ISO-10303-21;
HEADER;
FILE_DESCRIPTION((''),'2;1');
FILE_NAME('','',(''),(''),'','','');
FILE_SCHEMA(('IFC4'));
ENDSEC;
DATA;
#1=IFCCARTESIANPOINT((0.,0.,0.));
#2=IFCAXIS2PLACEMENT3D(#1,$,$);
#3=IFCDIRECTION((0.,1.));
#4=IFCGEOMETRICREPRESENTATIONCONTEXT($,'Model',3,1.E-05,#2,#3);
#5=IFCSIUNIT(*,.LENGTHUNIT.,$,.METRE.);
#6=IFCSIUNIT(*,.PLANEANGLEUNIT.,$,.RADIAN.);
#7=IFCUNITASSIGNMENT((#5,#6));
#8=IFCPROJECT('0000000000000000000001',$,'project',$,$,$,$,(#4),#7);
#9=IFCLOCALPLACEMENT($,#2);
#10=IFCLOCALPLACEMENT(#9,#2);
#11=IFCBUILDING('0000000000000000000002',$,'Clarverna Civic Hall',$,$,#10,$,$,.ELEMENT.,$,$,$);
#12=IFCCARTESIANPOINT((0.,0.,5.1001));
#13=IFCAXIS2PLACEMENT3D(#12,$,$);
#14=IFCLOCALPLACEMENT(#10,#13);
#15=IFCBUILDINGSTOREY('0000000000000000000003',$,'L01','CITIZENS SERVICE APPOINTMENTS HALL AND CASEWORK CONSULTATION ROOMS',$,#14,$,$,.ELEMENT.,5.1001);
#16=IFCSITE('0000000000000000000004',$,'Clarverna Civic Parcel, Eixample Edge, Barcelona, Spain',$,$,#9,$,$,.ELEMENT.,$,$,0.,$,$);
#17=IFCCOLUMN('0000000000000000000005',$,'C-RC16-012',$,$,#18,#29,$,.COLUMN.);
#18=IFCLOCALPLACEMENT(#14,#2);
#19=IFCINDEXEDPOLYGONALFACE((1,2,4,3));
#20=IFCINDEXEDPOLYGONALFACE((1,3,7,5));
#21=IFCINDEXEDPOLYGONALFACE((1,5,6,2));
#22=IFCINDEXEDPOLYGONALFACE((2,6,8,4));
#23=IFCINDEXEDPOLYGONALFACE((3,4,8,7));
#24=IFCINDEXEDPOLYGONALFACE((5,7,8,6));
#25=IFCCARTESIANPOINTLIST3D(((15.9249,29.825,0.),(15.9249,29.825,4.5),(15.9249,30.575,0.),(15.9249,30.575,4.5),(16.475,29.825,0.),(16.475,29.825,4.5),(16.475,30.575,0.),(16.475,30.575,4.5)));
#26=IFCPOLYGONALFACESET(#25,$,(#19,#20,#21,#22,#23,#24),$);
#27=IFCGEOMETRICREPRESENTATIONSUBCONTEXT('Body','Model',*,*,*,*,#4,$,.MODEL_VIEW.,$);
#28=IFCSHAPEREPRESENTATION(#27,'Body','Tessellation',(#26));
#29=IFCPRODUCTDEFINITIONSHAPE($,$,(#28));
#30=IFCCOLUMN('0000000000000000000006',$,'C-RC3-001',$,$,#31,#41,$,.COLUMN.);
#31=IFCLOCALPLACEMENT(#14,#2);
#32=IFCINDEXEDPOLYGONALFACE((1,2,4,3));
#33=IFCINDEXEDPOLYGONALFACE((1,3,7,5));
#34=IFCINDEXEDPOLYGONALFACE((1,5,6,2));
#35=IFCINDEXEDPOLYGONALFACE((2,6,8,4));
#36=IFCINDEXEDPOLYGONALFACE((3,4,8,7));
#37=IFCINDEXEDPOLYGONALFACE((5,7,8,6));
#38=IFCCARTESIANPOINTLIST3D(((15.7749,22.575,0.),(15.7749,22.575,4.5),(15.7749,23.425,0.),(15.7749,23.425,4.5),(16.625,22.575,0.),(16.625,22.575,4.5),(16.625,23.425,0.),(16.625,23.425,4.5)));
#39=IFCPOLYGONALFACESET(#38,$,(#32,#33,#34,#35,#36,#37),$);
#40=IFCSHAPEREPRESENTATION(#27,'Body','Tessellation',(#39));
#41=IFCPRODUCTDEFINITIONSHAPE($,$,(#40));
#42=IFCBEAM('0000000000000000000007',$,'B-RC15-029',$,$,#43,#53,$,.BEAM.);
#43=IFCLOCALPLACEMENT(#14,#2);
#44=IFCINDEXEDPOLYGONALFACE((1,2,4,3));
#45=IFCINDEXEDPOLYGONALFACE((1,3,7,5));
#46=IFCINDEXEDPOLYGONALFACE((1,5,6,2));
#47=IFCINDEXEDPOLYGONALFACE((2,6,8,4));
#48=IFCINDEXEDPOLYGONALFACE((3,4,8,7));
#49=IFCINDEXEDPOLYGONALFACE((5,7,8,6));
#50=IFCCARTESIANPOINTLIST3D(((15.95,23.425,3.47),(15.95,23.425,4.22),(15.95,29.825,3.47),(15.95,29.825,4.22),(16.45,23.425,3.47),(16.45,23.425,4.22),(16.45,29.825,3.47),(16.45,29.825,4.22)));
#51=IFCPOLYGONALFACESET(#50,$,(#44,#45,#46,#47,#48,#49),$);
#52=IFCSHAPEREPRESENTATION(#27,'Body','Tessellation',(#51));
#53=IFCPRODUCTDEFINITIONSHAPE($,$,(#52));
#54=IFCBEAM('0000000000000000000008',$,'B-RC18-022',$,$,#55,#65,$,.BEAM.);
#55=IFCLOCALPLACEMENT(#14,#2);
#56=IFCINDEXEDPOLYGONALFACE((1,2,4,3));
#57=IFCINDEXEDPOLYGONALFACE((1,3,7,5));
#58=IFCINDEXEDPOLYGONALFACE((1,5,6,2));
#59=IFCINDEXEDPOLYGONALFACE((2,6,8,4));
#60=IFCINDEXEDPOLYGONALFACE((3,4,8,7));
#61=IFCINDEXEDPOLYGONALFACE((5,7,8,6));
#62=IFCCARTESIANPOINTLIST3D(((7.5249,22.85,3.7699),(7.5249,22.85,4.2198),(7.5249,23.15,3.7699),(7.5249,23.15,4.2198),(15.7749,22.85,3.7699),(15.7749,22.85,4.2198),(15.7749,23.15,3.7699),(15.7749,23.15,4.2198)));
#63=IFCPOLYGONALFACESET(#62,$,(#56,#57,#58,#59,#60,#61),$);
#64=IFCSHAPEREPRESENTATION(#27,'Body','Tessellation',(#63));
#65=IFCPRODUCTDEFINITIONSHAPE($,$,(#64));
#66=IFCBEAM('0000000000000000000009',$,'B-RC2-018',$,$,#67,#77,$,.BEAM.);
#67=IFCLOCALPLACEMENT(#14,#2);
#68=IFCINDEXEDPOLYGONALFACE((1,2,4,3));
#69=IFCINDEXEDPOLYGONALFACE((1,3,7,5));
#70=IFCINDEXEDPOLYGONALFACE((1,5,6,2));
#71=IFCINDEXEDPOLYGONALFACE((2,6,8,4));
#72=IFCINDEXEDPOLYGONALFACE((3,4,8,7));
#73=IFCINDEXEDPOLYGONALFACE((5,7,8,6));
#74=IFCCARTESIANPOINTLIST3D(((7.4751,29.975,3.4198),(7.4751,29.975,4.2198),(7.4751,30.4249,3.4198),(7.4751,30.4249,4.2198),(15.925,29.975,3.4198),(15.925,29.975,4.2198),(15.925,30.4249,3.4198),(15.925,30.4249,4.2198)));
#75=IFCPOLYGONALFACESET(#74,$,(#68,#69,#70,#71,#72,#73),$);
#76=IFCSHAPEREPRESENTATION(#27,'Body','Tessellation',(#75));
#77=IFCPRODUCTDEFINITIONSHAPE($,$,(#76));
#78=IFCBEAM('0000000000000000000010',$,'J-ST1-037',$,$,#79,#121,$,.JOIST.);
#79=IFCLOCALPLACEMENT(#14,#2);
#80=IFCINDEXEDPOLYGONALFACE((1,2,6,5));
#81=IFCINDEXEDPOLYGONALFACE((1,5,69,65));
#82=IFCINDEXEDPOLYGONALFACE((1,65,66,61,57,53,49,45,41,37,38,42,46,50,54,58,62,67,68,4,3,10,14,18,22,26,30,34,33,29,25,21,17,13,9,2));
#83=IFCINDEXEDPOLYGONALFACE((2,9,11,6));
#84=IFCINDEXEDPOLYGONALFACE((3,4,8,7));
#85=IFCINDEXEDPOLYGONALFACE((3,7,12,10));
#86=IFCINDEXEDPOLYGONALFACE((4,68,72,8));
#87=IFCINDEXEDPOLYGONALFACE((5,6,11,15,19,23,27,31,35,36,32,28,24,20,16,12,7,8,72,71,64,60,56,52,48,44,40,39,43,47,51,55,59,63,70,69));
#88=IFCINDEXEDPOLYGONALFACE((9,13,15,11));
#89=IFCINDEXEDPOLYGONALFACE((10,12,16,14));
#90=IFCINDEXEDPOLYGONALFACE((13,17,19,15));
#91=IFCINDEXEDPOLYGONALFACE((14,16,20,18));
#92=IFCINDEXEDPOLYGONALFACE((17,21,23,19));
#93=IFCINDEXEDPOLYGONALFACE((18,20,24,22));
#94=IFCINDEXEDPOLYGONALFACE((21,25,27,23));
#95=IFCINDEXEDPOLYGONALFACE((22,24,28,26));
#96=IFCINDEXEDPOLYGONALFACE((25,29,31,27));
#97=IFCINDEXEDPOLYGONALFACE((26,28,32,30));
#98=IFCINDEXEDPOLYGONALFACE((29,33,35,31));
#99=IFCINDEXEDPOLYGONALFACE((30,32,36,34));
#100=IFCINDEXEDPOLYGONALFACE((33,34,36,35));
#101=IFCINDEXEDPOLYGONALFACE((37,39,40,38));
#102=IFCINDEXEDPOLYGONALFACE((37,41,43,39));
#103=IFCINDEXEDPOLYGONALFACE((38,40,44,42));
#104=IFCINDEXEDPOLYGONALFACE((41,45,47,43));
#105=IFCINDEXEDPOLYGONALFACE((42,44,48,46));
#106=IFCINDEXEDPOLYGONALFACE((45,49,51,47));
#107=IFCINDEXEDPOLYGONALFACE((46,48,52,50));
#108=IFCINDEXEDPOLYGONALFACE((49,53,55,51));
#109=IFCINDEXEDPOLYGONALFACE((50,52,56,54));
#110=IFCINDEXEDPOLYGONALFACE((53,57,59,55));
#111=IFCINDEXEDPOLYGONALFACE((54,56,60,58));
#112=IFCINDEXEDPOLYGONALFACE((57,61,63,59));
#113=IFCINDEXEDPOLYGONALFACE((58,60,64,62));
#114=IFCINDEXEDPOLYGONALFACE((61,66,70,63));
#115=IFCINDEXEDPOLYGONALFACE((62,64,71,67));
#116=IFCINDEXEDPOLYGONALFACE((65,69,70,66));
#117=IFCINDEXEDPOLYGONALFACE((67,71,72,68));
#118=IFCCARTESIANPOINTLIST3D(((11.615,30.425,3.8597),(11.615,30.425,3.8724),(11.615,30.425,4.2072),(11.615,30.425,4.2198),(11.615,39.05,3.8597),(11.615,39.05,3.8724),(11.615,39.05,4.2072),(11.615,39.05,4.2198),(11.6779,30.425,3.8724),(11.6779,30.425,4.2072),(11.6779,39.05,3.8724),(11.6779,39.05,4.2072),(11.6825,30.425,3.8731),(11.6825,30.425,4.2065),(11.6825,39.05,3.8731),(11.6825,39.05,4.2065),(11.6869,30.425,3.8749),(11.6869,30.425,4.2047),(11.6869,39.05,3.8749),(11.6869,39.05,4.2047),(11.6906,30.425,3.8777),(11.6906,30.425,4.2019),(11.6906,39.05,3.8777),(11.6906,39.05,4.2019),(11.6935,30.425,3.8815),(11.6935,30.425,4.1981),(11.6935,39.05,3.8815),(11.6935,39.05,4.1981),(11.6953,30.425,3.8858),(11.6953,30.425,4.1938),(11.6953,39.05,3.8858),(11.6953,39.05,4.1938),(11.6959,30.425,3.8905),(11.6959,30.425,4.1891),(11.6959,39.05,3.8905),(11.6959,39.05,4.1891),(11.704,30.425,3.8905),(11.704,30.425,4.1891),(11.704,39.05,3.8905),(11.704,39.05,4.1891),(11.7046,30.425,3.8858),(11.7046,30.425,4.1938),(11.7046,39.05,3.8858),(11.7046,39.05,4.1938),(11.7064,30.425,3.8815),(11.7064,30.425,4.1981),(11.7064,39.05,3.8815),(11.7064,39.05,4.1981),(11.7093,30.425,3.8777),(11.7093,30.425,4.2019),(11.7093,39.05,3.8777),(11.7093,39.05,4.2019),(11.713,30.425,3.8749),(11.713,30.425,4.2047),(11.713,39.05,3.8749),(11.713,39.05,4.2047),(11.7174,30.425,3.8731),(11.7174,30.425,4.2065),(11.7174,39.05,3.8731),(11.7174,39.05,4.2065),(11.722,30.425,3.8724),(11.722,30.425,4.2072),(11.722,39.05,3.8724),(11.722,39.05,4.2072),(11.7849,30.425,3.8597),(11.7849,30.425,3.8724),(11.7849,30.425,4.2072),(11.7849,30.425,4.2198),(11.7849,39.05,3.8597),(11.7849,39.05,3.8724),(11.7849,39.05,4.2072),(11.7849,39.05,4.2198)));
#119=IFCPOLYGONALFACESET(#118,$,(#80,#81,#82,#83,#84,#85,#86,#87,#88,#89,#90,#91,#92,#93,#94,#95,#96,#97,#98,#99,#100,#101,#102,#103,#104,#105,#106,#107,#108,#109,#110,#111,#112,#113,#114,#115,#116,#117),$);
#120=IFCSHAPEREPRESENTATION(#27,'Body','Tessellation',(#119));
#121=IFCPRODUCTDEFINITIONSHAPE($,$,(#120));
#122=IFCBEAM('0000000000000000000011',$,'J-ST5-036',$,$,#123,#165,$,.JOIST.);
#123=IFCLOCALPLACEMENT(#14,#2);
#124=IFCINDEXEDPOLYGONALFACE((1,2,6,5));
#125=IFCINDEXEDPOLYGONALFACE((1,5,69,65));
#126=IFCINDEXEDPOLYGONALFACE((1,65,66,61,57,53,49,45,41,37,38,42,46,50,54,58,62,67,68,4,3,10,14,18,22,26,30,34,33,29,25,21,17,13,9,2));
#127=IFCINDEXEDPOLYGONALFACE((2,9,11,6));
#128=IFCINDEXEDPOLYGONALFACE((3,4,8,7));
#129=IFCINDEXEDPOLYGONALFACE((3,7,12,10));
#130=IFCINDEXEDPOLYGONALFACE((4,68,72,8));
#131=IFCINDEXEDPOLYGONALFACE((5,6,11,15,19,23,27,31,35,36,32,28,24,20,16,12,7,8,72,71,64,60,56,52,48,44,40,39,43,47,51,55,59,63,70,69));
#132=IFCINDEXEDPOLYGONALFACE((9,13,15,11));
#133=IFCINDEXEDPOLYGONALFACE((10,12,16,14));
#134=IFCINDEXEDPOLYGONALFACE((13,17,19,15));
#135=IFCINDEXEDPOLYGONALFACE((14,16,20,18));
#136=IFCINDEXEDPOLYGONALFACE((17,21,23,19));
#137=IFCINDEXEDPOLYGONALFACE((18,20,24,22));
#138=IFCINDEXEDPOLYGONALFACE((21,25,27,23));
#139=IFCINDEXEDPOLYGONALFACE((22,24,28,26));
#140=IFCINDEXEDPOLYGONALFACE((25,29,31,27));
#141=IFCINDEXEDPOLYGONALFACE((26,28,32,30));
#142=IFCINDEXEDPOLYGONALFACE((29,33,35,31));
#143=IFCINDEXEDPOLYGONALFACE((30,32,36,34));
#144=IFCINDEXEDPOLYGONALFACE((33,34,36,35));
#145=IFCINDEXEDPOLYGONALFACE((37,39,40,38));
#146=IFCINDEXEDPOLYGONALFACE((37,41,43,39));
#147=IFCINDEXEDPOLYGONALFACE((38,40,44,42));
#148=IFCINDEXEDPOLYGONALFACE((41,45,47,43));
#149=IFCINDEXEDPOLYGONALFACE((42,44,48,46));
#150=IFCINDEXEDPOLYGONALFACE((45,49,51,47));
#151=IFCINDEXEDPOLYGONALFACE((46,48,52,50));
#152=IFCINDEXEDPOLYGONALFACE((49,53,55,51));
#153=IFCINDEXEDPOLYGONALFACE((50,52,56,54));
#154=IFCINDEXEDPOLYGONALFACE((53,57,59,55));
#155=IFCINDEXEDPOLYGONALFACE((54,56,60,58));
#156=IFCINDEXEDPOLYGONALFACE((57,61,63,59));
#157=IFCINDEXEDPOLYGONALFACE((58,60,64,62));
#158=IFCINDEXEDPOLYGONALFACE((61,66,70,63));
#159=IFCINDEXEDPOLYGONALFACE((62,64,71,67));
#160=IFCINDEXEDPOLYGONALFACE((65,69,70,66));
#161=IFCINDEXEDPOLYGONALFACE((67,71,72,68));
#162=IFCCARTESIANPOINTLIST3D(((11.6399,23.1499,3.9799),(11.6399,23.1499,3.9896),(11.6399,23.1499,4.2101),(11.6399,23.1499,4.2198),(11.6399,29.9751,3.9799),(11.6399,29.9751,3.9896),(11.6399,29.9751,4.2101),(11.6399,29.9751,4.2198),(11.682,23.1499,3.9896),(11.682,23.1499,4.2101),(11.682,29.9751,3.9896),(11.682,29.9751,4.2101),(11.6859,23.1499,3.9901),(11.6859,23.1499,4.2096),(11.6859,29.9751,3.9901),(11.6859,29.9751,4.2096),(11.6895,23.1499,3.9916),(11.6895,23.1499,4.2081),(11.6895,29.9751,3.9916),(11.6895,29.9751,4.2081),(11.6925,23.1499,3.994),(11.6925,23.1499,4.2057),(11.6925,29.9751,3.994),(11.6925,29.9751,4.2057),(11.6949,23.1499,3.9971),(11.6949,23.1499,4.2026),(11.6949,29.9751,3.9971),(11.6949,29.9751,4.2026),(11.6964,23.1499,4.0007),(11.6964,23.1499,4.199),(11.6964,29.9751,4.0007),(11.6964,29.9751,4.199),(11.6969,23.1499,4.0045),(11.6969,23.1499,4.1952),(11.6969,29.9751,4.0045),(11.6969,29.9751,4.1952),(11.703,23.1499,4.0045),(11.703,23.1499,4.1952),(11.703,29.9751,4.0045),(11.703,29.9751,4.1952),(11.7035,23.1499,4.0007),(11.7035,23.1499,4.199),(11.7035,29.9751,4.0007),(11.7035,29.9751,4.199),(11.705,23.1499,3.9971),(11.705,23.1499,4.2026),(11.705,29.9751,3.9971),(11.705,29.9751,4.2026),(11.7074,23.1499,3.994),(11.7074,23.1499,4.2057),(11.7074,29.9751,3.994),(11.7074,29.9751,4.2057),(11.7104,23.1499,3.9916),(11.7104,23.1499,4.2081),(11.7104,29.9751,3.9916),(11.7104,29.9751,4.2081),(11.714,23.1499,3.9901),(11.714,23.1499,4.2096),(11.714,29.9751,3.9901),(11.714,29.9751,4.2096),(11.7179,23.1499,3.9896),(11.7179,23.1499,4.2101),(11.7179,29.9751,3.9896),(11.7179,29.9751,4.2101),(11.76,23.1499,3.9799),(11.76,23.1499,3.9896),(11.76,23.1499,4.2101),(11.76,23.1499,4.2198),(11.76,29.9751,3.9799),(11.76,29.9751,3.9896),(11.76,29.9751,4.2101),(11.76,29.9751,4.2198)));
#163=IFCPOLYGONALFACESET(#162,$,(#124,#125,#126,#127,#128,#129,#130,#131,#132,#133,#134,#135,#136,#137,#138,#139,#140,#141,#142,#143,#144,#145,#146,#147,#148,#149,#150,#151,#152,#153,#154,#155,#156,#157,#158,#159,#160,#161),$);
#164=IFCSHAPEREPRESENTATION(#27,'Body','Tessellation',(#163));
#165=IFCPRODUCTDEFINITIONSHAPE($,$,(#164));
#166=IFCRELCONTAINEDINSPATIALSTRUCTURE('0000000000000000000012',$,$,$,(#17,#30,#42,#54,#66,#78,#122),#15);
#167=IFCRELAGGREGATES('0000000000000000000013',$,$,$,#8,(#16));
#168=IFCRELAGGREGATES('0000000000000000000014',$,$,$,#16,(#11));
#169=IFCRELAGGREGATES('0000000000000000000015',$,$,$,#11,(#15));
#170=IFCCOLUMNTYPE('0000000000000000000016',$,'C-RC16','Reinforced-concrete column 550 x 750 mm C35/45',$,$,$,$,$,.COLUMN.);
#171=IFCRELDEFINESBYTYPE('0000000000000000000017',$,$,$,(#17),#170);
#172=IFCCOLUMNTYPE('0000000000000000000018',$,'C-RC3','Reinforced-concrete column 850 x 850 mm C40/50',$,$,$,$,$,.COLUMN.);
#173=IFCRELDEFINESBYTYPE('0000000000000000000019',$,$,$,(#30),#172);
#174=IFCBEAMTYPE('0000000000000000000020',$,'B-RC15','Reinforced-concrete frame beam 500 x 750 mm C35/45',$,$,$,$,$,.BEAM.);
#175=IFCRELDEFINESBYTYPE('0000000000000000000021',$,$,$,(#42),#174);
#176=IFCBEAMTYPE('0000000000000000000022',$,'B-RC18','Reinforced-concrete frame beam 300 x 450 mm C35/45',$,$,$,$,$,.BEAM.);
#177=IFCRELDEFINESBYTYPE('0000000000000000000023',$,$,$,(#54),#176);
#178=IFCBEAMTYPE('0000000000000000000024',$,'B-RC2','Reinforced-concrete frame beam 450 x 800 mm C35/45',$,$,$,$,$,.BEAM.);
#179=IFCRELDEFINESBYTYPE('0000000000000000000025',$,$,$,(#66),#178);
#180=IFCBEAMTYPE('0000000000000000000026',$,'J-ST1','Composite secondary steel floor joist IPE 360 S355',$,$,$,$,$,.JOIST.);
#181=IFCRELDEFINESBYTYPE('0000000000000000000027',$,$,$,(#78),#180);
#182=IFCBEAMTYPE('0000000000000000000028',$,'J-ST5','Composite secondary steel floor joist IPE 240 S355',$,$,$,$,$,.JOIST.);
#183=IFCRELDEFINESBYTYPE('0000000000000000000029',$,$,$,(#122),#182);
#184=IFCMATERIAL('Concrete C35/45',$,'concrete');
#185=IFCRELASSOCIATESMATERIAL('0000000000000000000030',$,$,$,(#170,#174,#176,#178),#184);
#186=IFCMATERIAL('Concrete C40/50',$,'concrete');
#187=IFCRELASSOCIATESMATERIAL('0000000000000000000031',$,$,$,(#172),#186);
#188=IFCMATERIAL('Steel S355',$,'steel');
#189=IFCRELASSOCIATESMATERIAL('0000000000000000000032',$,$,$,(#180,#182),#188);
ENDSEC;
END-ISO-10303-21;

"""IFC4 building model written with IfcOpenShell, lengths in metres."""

from ifc_helpers import new_model, si_unit, direction, frame, origin, origin_2d, place, context, subcontext, project, spatial, rectangle, i_section, extrude, material, material_profile, profile_set, type_object, element, save


model = new_model("IFC4")

# Units and contexts
model_context = context("Model", 3, precision=1e-05, world=origin(), true_north=direction((0.0, 1.0)))
body_context = subcontext(model_context, "Body", "Model", "MODEL_VIEW")
ifc_project = project(units=[si_unit("LENGTHUNIT", "METRE"), si_unit("PLANEANGLEUNIT", "RADIAN")], contexts=[model_context])

# Site, building, storey
site_placement = place(None, origin())
site = spatial("IfcSite", under=ifc_project, at=site_placement, Name="Clarverna Civic Parcel, Eixample Edge, Barcelona, Spain", CompositionType="ELEMENT", RefElevation=0.0)
building_placement = place(site_placement, origin())
building = spatial("IfcBuilding", under=site, at=building_placement, Name="Clarverna Civic Hall", CompositionType="ELEMENT")
storey_placement = place(building_placement, frame((0.0, 0.0, 5.1001)))
storey = spatial("IfcBuildingStorey", under=building, at=storey_placement, Name="L01", Description="CITIZENS SERVICE APPOINTMENTS HALL AND CASEWORK CONSULTATION ROOMS", CompositionType="ELEMENT", Elevation=5.1001)

# Columns
ifc_material_1 = material(Name="Concrete C35/45", Category="concrete")
ifc_material_profile_1 = material_profile(ifc_material_1, rectangle(XDim=0.55, YDim=0.75, at=origin_2d()), Name="RC 550x750")
ifc_profile_set_1 = profile_set([ifc_material_profile_1], Name="Concrete C35/45")
column_type_1 = type_object("IfcColumnType", Name="C-RC16", Description="Reinforced-concrete column 550 x 750 mm C35/45", PredefinedType="COLUMN", material=ifc_profile_set_1)
column_1_placement = place(storey_placement, frame((16.2, 30.2, 0.0), z_axis=(0.0, 0.0, 1.0), x_axis=(1.0, 0.0, 0.0)))
element("IfcColumn", 1, at=column_1_placement, inside=storey, type_object=column_type_1, Name="C-RC16-012", PredefinedType="COLUMN", context=body_context, shape_type="SweptSolid", body=[
    extrude(rectangle(XDim=0.55, YDim=0.75, at=origin_2d()), origin(), (0.0, 0.0, 1.0), 4.5),
])
ifc_material_2 = material(Name="Concrete C40/50", Category="concrete")
ifc_material_profile_2 = material_profile(ifc_material_2, rectangle(XDim=0.8501, YDim=0.8501, at=origin_2d()), Name="RC 850x850")
ifc_profile_set_2 = profile_set([ifc_material_profile_2], Name="Concrete C40/50")
column_type_2 = type_object("IfcColumnType", Name="C-RC3", Description="Reinforced-concrete column 850 x 850 mm C40/50", PredefinedType="COLUMN", material=ifc_profile_set_2)
column_2_placement = place(storey_placement, frame((16.2, 23.0, 0.0), z_axis=(0.0, 0.0, 1.0), x_axis=(1.0, 0.0, 0.0)))
element("IfcColumn", 2, at=column_2_placement, inside=storey, type_object=column_type_2, Name="C-RC3-001", PredefinedType="COLUMN", context=body_context, shape_type="SweptSolid", body=[
    extrude(rectangle(XDim=0.8501, YDim=0.8501, at=origin_2d()), origin(), (0.0, 0.0, 1.0), 4.5),
])

# Beams
ifc_material_profile_3 = material_profile(ifc_material_1, rectangle(XDim=0.5, YDim=0.75, at=origin_2d()), Name="RC 500x750")
ifc_profile_set_3 = profile_set([ifc_material_profile_3], Name="Concrete C35/45")
beam_type_1 = type_object("IfcBeamType", Name="B-RC15", Description="Reinforced-concrete frame beam 500 x 750 mm C35/45", PredefinedType="BEAM", material=ifc_profile_set_3)
beam_1_placement = place(storey_placement, frame((16.2, 23.425, 3.845), z_axis=(0.0, 1.0, 0.0), x_axis=(-1.0, 0.0, 0.0)))
element("IfcBeam", 3, at=beam_1_placement, inside=storey, type_object=beam_type_1, Name="B-RC15-029", PredefinedType="BEAM", context=body_context, shape_type="SweptSolid", body=[
    extrude(rectangle(XDim=0.5, YDim=0.75, at=origin_2d()), origin(), (0.0, 0.0, 1.0), 6.3999),
])
ifc_material_profile_4 = material_profile(ifc_material_1, rectangle(XDim=0.3, YDim=0.45, at=origin_2d()), Name="RC 300x450")
ifc_profile_set_4 = profile_set([ifc_material_profile_4], Name="Concrete C35/45")
beam_type_2 = type_object("IfcBeamType", Name="B-RC18", Description="Reinforced-concrete frame beam 300 x 450 mm C35/45", PredefinedType="BEAM", material=ifc_profile_set_4)
beam_2_placement = place(storey_placement, frame((7.5249, 23.0, 3.9949), z_axis=(1.0, 0.0, 0.0), x_axis=(0.0, 1.0, 0.0)))
element("IfcBeam", 4, at=beam_2_placement, inside=storey, type_object=beam_type_2, Name="B-RC18-022", PredefinedType="BEAM", context=body_context, shape_type="SweptSolid", body=[
    extrude(rectangle(XDim=0.3, YDim=0.45, at=origin_2d()), origin(), (0.0, 0.0, 1.0), 8.25),
])
ifc_material_profile_5 = material_profile(ifc_material_1, rectangle(XDim=0.45, YDim=0.8, at=origin_2d()), Name="RC 450x800")
ifc_profile_set_5 = profile_set([ifc_material_profile_5], Name="Concrete C35/45")
beam_type_3 = type_object("IfcBeamType", Name="B-RC2", Description="Reinforced-concrete frame beam 450 x 800 mm C35/45", PredefinedType="BEAM", material=ifc_profile_set_5)
beam_3_placement = place(storey_placement, frame((7.4751, 30.2, 3.8198), z_axis=(1.0, 0.0, 0.0), x_axis=(0.0, 1.0, 0.0)))
element("IfcBeam", 5, at=beam_3_placement, inside=storey, type_object=beam_type_3, Name="B-RC2-018", PredefinedType="BEAM", context=body_context, shape_type="SweptSolid", body=[
    extrude(rectangle(XDim=0.45, YDim=0.8, at=origin_2d()), origin(), (0.0, 0.0, 1.0), 8.45),
])
ifc_material_3 = material(Name="Steel S355", Category="steel")
ifc_material_profile_6 = material_profile(ifc_material_3, i_section(OverallWidth=0.1699, OverallDepth=0.3601, WebThickness=0.0081, FlangeThickness=0.0127, FilletRadius=0.0181, at=origin_2d()), Name="IPE 360")
ifc_profile_set_6 = profile_set([ifc_material_profile_6], Name="Steel S355")
beam_type_4 = type_object("IfcBeamType", Name="J-ST1", Description="Composite secondary steel floor joist IPE 360 S355", PredefinedType="JOIST", material=ifc_profile_set_6)
beam_4_placement = place(storey_placement, frame((11.7, 30.425, 4.0398), z_axis=(0.0, 1.0, 0.0), x_axis=(-1.0, 0.0, 0.0)))
element("IfcBeam", 6, at=beam_4_placement, inside=storey, type_object=beam_type_4, Name="J-ST1-037", PredefinedType="JOIST", context=body_context, shape_type="SweptSolid", body=[
    extrude(i_section(OverallWidth=0.1699, OverallDepth=0.3601, WebThickness=0.0081, FlangeThickness=0.0127, FilletRadius=0.0181, at=origin_2d()), origin(), (0.0, 0.0, 1.0), 8.625),
])
ifc_material_profile_7 = material_profile(ifc_material_3, i_section(OverallWidth=0.1201, OverallDepth=0.24, WebThickness=0.0061, FlangeThickness=0.0098, FilletRadius=0.0149, at=origin_2d()), Name="IPE 240")
ifc_profile_set_7 = profile_set([ifc_material_profile_7], Name="Steel S355")
beam_type_5 = type_object("IfcBeamType", Name="J-ST5", Description="Composite secondary steel floor joist IPE 240 S355", PredefinedType="JOIST", material=ifc_profile_set_7)
beam_5_placement = place(storey_placement, frame((11.7, 23.1499, 4.0999), z_axis=(0.0, 1.0, 0.0), x_axis=(-1.0, 0.0, 0.0)))
element("IfcBeam", 7, at=beam_5_placement, inside=storey, type_object=beam_type_5, Name="J-ST5-036", PredefinedType="JOIST", context=body_context, shape_type="SweptSolid", body=[
    extrude(i_section(OverallWidth=0.1201, OverallDepth=0.24, WebThickness=0.0061, FlangeThickness=0.0098, FilletRadius=0.0149, at=origin_2d()), origin(), (0.0, 0.0, 1.0), 6.8252),
])

save(model, "model.ifc")
